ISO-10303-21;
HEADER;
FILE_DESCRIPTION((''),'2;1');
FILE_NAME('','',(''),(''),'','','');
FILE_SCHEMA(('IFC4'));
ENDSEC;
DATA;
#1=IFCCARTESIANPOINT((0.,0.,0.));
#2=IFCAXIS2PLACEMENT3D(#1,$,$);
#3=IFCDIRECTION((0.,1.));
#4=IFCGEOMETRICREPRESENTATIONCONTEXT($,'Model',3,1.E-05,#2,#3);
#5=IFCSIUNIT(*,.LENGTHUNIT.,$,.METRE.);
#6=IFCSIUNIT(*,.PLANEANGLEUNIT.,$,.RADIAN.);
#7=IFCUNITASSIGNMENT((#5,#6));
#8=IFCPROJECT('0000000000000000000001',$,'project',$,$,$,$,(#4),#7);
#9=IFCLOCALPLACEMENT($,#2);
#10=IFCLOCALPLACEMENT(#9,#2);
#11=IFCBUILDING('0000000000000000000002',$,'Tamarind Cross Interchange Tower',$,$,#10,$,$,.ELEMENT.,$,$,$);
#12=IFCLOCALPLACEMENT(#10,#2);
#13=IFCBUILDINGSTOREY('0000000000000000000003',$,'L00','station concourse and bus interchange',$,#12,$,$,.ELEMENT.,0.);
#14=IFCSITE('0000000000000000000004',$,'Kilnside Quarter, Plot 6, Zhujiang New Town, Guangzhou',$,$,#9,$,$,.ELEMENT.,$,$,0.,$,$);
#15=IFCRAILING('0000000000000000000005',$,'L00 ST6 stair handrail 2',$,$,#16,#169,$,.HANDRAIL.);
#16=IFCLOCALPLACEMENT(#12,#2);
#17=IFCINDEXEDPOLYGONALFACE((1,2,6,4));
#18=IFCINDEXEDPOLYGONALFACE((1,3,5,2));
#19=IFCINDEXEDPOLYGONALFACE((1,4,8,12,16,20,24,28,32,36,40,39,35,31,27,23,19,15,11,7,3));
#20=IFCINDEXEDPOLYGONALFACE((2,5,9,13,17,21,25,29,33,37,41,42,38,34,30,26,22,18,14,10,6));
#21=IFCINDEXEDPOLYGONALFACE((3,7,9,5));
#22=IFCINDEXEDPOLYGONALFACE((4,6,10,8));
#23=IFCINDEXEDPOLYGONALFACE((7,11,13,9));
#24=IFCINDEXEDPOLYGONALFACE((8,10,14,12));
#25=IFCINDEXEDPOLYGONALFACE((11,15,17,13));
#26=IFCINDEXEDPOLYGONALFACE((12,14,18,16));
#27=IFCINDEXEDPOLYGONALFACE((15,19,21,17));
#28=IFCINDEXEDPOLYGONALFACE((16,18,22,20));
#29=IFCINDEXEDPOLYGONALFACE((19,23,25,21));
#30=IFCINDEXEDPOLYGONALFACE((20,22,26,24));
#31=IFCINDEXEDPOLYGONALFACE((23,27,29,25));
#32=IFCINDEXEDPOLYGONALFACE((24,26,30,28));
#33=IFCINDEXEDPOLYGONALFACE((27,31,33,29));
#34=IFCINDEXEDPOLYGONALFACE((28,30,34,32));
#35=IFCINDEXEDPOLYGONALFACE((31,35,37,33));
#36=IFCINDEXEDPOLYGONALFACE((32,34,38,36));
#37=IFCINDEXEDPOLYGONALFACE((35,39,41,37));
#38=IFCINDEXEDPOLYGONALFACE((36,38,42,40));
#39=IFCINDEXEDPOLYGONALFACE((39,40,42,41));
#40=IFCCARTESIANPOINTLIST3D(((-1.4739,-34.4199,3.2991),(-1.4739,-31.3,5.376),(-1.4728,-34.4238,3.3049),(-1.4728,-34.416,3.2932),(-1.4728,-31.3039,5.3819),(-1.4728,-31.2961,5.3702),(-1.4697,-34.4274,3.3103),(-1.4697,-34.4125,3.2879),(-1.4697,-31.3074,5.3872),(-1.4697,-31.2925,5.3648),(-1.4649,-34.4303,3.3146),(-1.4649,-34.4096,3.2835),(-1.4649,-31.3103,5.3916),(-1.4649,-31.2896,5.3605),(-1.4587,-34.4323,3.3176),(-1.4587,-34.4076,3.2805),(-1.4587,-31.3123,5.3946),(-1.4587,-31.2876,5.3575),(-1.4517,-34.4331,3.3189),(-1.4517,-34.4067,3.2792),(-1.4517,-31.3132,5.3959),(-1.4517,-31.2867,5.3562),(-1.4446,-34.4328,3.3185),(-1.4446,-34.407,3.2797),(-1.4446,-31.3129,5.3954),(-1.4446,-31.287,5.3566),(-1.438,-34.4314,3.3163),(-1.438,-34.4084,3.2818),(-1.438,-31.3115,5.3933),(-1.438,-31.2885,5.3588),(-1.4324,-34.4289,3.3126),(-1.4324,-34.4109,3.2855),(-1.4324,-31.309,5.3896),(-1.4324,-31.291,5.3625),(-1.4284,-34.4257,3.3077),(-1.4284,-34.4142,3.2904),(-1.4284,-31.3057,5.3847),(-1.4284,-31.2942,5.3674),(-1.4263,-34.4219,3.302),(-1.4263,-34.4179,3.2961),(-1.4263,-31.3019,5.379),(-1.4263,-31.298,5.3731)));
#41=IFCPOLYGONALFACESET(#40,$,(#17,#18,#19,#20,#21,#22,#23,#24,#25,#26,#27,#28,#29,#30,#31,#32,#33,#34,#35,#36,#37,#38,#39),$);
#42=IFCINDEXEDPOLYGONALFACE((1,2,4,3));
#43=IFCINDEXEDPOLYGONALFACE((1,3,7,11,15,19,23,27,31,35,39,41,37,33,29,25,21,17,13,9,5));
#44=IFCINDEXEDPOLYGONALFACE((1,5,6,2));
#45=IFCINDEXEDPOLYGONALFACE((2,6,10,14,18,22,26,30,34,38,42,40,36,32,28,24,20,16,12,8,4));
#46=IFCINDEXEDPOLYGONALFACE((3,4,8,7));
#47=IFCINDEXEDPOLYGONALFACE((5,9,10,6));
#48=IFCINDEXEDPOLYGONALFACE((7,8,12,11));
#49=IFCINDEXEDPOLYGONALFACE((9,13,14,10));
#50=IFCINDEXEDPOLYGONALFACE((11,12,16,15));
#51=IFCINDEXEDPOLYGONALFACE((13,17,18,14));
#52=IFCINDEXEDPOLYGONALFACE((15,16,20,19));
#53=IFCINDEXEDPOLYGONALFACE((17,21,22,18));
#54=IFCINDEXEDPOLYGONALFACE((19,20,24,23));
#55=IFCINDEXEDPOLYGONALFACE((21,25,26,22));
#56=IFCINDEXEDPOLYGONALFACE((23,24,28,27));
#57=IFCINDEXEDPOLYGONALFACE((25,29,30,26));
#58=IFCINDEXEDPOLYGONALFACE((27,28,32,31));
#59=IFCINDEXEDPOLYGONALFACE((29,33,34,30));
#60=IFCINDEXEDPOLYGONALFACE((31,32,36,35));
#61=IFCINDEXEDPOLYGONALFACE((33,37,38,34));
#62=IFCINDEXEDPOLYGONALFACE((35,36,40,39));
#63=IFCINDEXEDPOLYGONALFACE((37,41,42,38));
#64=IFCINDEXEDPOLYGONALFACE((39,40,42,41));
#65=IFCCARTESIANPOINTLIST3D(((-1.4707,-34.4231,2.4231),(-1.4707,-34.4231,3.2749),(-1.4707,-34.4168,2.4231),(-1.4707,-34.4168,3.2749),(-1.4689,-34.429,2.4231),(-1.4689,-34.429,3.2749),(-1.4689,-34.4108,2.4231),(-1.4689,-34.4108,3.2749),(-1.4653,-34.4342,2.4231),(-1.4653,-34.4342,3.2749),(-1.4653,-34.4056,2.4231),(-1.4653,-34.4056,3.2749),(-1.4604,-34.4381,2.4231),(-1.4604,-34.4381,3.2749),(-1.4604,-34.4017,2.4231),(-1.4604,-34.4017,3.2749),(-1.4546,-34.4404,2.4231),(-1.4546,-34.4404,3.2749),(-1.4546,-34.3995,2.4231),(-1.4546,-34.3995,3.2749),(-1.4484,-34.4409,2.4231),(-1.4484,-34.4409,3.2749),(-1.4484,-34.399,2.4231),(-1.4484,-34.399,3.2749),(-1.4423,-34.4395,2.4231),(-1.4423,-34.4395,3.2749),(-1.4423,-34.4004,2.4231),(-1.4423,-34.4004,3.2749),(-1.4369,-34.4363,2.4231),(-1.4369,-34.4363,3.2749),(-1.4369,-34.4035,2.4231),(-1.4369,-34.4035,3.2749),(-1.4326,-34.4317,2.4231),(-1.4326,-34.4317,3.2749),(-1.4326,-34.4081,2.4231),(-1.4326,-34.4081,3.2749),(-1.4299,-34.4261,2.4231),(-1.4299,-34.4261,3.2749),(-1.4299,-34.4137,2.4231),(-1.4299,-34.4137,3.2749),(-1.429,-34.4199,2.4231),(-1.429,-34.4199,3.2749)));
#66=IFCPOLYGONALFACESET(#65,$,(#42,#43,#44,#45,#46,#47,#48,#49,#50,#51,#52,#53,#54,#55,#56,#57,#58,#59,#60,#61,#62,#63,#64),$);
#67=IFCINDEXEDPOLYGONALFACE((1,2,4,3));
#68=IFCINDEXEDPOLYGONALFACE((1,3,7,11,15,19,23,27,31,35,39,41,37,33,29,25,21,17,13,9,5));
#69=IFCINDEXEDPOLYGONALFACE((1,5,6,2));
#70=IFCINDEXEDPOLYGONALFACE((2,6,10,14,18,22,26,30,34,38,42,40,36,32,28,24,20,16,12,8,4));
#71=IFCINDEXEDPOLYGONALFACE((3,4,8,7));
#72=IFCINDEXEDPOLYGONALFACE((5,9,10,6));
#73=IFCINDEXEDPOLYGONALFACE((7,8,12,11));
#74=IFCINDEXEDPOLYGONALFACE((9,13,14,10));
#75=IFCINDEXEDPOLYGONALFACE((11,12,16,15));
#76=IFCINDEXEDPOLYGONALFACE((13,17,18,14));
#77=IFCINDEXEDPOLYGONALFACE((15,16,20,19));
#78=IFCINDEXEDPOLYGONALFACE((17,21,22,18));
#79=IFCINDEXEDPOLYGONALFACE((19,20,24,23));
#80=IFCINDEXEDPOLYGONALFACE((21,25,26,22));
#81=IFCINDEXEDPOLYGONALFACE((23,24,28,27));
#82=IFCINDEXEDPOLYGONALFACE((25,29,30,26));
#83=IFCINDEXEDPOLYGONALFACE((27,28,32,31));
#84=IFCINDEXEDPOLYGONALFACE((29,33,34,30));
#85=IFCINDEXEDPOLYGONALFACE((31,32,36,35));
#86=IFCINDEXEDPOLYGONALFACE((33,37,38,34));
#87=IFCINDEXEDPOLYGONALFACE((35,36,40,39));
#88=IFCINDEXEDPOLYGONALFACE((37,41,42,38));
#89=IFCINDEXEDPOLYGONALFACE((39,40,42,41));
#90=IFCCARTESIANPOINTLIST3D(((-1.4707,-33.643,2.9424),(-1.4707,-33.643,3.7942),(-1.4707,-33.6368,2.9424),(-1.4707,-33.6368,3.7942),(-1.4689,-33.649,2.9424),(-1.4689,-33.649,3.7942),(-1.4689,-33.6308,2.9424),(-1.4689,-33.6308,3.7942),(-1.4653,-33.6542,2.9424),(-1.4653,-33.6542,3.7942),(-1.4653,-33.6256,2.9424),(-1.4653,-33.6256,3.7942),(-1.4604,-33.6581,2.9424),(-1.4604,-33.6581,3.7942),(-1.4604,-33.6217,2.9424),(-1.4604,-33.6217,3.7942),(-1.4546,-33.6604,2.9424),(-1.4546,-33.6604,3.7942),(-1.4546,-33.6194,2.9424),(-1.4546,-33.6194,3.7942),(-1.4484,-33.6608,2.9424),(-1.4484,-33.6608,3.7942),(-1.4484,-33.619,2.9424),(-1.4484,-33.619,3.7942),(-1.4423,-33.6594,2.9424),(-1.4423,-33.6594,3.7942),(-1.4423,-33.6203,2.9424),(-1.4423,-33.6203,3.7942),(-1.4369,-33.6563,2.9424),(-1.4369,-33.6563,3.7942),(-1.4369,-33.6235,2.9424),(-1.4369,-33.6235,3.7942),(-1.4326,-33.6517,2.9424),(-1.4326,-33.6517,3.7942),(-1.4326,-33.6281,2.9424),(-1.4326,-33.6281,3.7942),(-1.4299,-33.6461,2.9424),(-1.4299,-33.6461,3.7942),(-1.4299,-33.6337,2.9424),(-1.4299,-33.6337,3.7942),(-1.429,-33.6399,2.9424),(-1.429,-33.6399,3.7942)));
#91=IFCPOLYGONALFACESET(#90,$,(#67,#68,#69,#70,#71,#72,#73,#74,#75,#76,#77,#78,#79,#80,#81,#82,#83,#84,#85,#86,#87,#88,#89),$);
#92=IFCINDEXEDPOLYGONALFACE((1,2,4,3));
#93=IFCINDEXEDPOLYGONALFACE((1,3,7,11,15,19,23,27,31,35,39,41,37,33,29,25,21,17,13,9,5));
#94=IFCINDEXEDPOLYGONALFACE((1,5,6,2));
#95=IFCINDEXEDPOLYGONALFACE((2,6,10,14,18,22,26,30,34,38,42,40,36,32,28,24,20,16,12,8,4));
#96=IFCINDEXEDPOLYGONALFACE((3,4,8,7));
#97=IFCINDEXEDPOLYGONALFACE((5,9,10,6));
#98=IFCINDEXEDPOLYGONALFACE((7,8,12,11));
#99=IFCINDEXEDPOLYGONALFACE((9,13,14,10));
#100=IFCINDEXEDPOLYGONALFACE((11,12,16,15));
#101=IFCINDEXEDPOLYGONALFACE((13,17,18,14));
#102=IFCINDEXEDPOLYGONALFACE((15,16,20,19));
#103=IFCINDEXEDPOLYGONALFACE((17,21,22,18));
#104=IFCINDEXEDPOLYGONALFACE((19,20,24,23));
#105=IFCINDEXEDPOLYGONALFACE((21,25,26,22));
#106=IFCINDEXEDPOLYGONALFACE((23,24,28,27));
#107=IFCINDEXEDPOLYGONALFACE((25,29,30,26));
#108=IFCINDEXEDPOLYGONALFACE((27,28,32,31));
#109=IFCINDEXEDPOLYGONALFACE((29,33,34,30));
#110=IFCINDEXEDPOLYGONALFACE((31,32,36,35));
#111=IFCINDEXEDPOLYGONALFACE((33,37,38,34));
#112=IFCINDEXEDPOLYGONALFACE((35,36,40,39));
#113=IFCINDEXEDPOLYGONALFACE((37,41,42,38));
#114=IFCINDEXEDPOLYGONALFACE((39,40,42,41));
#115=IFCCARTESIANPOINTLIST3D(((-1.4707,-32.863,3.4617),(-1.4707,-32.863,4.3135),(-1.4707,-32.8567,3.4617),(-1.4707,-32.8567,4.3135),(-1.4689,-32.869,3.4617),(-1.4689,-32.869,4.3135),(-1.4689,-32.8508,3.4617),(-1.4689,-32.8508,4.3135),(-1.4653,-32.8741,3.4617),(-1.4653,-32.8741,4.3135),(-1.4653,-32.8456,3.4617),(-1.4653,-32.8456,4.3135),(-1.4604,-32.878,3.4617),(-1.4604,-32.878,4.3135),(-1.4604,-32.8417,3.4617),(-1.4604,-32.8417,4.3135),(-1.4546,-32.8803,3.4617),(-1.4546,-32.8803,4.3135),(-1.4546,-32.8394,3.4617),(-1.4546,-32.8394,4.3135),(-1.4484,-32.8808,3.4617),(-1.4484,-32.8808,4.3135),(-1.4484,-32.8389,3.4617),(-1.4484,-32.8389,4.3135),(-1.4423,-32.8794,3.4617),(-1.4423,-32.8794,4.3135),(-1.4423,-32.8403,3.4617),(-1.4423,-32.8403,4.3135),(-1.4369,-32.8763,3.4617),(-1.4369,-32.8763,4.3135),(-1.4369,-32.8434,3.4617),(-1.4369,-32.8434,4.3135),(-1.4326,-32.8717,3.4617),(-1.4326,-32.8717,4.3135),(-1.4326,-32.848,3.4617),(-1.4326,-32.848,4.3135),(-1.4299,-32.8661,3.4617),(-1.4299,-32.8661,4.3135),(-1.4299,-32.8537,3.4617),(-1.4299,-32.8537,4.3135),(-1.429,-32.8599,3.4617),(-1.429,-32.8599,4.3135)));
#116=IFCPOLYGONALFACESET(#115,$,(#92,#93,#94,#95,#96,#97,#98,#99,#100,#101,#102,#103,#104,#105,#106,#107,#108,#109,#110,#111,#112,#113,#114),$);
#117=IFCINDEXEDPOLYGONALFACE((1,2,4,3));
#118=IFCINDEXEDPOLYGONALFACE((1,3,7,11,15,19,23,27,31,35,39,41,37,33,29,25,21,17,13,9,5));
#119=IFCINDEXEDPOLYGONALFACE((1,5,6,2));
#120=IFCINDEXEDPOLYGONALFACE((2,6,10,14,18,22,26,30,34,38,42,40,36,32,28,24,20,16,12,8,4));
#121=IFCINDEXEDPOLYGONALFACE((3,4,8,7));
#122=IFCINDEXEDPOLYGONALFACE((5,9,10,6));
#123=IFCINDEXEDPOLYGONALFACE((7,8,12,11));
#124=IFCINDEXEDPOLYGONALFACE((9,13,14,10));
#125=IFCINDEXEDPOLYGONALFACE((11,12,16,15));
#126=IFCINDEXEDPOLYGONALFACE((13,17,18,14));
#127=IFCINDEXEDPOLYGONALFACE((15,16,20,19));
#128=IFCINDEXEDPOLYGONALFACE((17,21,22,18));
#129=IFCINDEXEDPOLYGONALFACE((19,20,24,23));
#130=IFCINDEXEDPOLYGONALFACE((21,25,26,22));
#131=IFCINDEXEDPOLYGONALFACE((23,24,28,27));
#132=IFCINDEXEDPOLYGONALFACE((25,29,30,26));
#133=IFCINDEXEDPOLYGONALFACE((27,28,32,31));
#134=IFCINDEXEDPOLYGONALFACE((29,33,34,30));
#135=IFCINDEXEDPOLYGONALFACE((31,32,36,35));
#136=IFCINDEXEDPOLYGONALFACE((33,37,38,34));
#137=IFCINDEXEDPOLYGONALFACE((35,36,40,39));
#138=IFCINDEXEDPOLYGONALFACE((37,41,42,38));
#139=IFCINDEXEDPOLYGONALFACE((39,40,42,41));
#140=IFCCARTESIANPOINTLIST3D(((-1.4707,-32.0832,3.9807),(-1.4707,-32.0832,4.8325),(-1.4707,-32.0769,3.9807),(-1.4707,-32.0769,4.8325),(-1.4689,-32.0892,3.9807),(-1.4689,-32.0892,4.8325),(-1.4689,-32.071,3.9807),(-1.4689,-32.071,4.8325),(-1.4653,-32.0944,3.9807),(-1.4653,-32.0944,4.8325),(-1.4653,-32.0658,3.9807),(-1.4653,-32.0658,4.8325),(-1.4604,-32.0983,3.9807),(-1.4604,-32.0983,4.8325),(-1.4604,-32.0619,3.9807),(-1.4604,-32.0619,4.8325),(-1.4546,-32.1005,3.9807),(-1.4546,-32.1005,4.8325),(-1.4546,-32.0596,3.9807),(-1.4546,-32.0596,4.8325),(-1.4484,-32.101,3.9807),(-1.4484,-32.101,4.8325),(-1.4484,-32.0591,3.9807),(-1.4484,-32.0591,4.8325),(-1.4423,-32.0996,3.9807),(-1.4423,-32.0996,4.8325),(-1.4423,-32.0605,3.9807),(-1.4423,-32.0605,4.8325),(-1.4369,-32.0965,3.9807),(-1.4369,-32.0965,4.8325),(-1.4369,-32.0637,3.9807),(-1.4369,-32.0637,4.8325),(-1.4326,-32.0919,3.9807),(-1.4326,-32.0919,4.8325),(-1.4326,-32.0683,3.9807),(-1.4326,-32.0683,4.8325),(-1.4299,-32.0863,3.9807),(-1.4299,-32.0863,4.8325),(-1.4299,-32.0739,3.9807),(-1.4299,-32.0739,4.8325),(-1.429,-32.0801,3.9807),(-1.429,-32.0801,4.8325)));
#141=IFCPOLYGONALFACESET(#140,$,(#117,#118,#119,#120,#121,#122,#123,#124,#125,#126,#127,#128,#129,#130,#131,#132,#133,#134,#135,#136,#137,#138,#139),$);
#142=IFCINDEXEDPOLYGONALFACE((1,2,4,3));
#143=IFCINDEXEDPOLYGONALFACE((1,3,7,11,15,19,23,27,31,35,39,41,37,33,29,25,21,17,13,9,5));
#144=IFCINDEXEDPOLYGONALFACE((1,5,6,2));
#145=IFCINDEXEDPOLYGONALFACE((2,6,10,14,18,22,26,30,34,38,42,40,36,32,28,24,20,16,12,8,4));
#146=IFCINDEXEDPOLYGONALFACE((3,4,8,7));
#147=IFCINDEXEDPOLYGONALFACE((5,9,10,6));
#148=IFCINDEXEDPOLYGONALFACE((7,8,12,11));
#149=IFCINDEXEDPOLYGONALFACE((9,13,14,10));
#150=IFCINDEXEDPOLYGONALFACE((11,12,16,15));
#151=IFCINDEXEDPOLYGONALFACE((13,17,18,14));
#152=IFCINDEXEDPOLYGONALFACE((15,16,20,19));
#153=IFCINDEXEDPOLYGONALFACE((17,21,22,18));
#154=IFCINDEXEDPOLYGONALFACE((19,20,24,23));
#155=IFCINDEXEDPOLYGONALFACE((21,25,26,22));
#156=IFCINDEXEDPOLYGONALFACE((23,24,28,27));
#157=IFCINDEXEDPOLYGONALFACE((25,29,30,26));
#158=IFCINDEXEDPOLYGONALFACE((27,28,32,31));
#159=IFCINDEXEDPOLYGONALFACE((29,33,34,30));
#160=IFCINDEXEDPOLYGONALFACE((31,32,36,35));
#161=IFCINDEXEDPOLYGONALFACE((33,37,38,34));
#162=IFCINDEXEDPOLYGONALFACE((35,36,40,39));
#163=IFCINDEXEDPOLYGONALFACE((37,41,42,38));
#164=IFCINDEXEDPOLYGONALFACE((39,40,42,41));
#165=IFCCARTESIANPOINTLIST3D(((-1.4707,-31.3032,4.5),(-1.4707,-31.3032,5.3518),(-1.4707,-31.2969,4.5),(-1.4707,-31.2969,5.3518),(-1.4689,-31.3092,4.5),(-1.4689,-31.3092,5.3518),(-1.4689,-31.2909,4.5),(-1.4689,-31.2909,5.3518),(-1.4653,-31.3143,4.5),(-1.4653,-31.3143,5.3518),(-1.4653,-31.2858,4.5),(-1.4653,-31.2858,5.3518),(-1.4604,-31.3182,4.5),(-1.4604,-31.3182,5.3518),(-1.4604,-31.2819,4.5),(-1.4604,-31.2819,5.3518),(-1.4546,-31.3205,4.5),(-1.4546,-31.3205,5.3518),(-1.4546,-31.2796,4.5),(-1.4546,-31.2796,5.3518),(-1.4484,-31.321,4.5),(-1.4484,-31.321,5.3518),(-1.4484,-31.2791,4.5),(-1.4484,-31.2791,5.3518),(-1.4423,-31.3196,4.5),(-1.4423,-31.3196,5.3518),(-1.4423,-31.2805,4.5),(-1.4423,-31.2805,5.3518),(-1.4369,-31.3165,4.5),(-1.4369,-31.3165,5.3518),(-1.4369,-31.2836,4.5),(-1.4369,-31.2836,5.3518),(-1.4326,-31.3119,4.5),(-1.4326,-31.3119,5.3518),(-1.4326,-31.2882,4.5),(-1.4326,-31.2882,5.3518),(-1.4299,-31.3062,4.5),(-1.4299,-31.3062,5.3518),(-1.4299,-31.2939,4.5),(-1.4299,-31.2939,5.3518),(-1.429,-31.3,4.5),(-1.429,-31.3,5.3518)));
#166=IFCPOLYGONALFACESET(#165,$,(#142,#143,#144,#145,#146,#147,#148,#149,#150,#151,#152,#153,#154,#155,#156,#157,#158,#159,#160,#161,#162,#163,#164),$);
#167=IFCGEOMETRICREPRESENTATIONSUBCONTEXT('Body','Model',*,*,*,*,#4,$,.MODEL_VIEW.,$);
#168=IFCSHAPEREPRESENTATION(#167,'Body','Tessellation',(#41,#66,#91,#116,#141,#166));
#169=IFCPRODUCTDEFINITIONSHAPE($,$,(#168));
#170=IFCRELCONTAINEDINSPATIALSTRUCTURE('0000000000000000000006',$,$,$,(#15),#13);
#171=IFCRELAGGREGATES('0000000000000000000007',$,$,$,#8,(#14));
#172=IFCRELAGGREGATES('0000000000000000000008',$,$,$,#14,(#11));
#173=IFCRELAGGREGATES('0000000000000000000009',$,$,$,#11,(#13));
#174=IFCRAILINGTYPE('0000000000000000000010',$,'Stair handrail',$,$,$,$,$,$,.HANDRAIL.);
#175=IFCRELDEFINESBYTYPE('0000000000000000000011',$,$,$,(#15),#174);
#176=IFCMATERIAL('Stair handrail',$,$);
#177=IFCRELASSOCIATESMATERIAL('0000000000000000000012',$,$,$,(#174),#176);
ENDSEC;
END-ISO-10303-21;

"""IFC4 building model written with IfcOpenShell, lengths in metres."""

from ifc_helpers import new_model, si_unit, direction, frame, origin, origin_2d, place, context, subcontext, project, spatial, circle, extrude, material, type_object, element, save


model = new_model("IFC4")

# Units and contexts
model_context = context("Model", 3, precision=1e-05, world=origin(), true_north=direction((0.0, 1.0)))
body_context = subcontext(model_context, "Body", "Model", "MODEL_VIEW")
ifc_project = project(units=[si_unit("LENGTHUNIT", "METRE"), si_unit("PLANEANGLEUNIT", "RADIAN")], contexts=[model_context])

# Site, building, storey
site_placement = place(None, origin())
site = spatial("IfcSite", under=ifc_project, at=site_placement, Name="Kilnside Quarter, Plot 6, Zhujiang New Town, Guangzhou", CompositionType="ELEMENT", RefElevation=0.0)
building_placement = place(site_placement, origin())
building = spatial("IfcBuilding", under=site, at=building_placement, Name="Tamarind Cross Interchange Tower", CompositionType="ELEMENT")
storey_placement = place(building_placement, origin())
storey = spatial("IfcBuildingStorey", under=building, at=storey_placement, Name="L00", Description="station concourse and bus interchange", CompositionType="ELEMENT", Elevation=0.0)

# Railing
ifc_material_1 = material(Name="Stair handrail")
railing_type_1 = type_object("IfcRailingType", Name="Stair handrail", PredefinedType="HANDRAIL", material=ifc_material_1)
for number, where, name in (
    (1, (-1.45, -34.4199, 2.4231), "L00 ST6 stair handrail 2"),
):
    element("IfcRailing", number, at=place(storey_placement, frame(where)), inside=storey, type_object=railing_type_1, Name=name, PredefinedType="HANDRAIL", context=body_context, shape_type="SweptSolid", body=[
        extrude(circle(Radius=0.0239, at=origin_2d()), frame((0.0, 0.0, 0.876), z_axis=(0.0, 0.832421, 0.554144), x_axis=(-1.0, 0.0, 0.0)), (0.0, 0.0, 1.0), 3.748),
        extrude(circle(Radius=0.021, at=origin_2d()), origin(), (0.0, 0.0, 1.0), 0.8518),
        extrude(circle(Radius=0.021, at=origin_2d()), frame((0.0, 0.78, 0.5193)), (0.0, 0.0, 1.0), 0.8518),
        extrude(circle(Radius=0.021, at=origin_2d()), frame((0.0, 1.5601, 1.0386)), (0.0, 0.0, 1.0), 0.8518),
        extrude(circle(Radius=0.021, at=origin_2d()), frame((0.0, 2.3398, 1.5576)), (0.0, 0.0, 1.0), 0.8518),
        extrude(circle(Radius=0.021, at=origin_2d()), frame((0.0, 3.1199, 2.0769)), (0.0, 0.0, 1.0), 0.8518),
    ])

save(model, "model.ifc")
